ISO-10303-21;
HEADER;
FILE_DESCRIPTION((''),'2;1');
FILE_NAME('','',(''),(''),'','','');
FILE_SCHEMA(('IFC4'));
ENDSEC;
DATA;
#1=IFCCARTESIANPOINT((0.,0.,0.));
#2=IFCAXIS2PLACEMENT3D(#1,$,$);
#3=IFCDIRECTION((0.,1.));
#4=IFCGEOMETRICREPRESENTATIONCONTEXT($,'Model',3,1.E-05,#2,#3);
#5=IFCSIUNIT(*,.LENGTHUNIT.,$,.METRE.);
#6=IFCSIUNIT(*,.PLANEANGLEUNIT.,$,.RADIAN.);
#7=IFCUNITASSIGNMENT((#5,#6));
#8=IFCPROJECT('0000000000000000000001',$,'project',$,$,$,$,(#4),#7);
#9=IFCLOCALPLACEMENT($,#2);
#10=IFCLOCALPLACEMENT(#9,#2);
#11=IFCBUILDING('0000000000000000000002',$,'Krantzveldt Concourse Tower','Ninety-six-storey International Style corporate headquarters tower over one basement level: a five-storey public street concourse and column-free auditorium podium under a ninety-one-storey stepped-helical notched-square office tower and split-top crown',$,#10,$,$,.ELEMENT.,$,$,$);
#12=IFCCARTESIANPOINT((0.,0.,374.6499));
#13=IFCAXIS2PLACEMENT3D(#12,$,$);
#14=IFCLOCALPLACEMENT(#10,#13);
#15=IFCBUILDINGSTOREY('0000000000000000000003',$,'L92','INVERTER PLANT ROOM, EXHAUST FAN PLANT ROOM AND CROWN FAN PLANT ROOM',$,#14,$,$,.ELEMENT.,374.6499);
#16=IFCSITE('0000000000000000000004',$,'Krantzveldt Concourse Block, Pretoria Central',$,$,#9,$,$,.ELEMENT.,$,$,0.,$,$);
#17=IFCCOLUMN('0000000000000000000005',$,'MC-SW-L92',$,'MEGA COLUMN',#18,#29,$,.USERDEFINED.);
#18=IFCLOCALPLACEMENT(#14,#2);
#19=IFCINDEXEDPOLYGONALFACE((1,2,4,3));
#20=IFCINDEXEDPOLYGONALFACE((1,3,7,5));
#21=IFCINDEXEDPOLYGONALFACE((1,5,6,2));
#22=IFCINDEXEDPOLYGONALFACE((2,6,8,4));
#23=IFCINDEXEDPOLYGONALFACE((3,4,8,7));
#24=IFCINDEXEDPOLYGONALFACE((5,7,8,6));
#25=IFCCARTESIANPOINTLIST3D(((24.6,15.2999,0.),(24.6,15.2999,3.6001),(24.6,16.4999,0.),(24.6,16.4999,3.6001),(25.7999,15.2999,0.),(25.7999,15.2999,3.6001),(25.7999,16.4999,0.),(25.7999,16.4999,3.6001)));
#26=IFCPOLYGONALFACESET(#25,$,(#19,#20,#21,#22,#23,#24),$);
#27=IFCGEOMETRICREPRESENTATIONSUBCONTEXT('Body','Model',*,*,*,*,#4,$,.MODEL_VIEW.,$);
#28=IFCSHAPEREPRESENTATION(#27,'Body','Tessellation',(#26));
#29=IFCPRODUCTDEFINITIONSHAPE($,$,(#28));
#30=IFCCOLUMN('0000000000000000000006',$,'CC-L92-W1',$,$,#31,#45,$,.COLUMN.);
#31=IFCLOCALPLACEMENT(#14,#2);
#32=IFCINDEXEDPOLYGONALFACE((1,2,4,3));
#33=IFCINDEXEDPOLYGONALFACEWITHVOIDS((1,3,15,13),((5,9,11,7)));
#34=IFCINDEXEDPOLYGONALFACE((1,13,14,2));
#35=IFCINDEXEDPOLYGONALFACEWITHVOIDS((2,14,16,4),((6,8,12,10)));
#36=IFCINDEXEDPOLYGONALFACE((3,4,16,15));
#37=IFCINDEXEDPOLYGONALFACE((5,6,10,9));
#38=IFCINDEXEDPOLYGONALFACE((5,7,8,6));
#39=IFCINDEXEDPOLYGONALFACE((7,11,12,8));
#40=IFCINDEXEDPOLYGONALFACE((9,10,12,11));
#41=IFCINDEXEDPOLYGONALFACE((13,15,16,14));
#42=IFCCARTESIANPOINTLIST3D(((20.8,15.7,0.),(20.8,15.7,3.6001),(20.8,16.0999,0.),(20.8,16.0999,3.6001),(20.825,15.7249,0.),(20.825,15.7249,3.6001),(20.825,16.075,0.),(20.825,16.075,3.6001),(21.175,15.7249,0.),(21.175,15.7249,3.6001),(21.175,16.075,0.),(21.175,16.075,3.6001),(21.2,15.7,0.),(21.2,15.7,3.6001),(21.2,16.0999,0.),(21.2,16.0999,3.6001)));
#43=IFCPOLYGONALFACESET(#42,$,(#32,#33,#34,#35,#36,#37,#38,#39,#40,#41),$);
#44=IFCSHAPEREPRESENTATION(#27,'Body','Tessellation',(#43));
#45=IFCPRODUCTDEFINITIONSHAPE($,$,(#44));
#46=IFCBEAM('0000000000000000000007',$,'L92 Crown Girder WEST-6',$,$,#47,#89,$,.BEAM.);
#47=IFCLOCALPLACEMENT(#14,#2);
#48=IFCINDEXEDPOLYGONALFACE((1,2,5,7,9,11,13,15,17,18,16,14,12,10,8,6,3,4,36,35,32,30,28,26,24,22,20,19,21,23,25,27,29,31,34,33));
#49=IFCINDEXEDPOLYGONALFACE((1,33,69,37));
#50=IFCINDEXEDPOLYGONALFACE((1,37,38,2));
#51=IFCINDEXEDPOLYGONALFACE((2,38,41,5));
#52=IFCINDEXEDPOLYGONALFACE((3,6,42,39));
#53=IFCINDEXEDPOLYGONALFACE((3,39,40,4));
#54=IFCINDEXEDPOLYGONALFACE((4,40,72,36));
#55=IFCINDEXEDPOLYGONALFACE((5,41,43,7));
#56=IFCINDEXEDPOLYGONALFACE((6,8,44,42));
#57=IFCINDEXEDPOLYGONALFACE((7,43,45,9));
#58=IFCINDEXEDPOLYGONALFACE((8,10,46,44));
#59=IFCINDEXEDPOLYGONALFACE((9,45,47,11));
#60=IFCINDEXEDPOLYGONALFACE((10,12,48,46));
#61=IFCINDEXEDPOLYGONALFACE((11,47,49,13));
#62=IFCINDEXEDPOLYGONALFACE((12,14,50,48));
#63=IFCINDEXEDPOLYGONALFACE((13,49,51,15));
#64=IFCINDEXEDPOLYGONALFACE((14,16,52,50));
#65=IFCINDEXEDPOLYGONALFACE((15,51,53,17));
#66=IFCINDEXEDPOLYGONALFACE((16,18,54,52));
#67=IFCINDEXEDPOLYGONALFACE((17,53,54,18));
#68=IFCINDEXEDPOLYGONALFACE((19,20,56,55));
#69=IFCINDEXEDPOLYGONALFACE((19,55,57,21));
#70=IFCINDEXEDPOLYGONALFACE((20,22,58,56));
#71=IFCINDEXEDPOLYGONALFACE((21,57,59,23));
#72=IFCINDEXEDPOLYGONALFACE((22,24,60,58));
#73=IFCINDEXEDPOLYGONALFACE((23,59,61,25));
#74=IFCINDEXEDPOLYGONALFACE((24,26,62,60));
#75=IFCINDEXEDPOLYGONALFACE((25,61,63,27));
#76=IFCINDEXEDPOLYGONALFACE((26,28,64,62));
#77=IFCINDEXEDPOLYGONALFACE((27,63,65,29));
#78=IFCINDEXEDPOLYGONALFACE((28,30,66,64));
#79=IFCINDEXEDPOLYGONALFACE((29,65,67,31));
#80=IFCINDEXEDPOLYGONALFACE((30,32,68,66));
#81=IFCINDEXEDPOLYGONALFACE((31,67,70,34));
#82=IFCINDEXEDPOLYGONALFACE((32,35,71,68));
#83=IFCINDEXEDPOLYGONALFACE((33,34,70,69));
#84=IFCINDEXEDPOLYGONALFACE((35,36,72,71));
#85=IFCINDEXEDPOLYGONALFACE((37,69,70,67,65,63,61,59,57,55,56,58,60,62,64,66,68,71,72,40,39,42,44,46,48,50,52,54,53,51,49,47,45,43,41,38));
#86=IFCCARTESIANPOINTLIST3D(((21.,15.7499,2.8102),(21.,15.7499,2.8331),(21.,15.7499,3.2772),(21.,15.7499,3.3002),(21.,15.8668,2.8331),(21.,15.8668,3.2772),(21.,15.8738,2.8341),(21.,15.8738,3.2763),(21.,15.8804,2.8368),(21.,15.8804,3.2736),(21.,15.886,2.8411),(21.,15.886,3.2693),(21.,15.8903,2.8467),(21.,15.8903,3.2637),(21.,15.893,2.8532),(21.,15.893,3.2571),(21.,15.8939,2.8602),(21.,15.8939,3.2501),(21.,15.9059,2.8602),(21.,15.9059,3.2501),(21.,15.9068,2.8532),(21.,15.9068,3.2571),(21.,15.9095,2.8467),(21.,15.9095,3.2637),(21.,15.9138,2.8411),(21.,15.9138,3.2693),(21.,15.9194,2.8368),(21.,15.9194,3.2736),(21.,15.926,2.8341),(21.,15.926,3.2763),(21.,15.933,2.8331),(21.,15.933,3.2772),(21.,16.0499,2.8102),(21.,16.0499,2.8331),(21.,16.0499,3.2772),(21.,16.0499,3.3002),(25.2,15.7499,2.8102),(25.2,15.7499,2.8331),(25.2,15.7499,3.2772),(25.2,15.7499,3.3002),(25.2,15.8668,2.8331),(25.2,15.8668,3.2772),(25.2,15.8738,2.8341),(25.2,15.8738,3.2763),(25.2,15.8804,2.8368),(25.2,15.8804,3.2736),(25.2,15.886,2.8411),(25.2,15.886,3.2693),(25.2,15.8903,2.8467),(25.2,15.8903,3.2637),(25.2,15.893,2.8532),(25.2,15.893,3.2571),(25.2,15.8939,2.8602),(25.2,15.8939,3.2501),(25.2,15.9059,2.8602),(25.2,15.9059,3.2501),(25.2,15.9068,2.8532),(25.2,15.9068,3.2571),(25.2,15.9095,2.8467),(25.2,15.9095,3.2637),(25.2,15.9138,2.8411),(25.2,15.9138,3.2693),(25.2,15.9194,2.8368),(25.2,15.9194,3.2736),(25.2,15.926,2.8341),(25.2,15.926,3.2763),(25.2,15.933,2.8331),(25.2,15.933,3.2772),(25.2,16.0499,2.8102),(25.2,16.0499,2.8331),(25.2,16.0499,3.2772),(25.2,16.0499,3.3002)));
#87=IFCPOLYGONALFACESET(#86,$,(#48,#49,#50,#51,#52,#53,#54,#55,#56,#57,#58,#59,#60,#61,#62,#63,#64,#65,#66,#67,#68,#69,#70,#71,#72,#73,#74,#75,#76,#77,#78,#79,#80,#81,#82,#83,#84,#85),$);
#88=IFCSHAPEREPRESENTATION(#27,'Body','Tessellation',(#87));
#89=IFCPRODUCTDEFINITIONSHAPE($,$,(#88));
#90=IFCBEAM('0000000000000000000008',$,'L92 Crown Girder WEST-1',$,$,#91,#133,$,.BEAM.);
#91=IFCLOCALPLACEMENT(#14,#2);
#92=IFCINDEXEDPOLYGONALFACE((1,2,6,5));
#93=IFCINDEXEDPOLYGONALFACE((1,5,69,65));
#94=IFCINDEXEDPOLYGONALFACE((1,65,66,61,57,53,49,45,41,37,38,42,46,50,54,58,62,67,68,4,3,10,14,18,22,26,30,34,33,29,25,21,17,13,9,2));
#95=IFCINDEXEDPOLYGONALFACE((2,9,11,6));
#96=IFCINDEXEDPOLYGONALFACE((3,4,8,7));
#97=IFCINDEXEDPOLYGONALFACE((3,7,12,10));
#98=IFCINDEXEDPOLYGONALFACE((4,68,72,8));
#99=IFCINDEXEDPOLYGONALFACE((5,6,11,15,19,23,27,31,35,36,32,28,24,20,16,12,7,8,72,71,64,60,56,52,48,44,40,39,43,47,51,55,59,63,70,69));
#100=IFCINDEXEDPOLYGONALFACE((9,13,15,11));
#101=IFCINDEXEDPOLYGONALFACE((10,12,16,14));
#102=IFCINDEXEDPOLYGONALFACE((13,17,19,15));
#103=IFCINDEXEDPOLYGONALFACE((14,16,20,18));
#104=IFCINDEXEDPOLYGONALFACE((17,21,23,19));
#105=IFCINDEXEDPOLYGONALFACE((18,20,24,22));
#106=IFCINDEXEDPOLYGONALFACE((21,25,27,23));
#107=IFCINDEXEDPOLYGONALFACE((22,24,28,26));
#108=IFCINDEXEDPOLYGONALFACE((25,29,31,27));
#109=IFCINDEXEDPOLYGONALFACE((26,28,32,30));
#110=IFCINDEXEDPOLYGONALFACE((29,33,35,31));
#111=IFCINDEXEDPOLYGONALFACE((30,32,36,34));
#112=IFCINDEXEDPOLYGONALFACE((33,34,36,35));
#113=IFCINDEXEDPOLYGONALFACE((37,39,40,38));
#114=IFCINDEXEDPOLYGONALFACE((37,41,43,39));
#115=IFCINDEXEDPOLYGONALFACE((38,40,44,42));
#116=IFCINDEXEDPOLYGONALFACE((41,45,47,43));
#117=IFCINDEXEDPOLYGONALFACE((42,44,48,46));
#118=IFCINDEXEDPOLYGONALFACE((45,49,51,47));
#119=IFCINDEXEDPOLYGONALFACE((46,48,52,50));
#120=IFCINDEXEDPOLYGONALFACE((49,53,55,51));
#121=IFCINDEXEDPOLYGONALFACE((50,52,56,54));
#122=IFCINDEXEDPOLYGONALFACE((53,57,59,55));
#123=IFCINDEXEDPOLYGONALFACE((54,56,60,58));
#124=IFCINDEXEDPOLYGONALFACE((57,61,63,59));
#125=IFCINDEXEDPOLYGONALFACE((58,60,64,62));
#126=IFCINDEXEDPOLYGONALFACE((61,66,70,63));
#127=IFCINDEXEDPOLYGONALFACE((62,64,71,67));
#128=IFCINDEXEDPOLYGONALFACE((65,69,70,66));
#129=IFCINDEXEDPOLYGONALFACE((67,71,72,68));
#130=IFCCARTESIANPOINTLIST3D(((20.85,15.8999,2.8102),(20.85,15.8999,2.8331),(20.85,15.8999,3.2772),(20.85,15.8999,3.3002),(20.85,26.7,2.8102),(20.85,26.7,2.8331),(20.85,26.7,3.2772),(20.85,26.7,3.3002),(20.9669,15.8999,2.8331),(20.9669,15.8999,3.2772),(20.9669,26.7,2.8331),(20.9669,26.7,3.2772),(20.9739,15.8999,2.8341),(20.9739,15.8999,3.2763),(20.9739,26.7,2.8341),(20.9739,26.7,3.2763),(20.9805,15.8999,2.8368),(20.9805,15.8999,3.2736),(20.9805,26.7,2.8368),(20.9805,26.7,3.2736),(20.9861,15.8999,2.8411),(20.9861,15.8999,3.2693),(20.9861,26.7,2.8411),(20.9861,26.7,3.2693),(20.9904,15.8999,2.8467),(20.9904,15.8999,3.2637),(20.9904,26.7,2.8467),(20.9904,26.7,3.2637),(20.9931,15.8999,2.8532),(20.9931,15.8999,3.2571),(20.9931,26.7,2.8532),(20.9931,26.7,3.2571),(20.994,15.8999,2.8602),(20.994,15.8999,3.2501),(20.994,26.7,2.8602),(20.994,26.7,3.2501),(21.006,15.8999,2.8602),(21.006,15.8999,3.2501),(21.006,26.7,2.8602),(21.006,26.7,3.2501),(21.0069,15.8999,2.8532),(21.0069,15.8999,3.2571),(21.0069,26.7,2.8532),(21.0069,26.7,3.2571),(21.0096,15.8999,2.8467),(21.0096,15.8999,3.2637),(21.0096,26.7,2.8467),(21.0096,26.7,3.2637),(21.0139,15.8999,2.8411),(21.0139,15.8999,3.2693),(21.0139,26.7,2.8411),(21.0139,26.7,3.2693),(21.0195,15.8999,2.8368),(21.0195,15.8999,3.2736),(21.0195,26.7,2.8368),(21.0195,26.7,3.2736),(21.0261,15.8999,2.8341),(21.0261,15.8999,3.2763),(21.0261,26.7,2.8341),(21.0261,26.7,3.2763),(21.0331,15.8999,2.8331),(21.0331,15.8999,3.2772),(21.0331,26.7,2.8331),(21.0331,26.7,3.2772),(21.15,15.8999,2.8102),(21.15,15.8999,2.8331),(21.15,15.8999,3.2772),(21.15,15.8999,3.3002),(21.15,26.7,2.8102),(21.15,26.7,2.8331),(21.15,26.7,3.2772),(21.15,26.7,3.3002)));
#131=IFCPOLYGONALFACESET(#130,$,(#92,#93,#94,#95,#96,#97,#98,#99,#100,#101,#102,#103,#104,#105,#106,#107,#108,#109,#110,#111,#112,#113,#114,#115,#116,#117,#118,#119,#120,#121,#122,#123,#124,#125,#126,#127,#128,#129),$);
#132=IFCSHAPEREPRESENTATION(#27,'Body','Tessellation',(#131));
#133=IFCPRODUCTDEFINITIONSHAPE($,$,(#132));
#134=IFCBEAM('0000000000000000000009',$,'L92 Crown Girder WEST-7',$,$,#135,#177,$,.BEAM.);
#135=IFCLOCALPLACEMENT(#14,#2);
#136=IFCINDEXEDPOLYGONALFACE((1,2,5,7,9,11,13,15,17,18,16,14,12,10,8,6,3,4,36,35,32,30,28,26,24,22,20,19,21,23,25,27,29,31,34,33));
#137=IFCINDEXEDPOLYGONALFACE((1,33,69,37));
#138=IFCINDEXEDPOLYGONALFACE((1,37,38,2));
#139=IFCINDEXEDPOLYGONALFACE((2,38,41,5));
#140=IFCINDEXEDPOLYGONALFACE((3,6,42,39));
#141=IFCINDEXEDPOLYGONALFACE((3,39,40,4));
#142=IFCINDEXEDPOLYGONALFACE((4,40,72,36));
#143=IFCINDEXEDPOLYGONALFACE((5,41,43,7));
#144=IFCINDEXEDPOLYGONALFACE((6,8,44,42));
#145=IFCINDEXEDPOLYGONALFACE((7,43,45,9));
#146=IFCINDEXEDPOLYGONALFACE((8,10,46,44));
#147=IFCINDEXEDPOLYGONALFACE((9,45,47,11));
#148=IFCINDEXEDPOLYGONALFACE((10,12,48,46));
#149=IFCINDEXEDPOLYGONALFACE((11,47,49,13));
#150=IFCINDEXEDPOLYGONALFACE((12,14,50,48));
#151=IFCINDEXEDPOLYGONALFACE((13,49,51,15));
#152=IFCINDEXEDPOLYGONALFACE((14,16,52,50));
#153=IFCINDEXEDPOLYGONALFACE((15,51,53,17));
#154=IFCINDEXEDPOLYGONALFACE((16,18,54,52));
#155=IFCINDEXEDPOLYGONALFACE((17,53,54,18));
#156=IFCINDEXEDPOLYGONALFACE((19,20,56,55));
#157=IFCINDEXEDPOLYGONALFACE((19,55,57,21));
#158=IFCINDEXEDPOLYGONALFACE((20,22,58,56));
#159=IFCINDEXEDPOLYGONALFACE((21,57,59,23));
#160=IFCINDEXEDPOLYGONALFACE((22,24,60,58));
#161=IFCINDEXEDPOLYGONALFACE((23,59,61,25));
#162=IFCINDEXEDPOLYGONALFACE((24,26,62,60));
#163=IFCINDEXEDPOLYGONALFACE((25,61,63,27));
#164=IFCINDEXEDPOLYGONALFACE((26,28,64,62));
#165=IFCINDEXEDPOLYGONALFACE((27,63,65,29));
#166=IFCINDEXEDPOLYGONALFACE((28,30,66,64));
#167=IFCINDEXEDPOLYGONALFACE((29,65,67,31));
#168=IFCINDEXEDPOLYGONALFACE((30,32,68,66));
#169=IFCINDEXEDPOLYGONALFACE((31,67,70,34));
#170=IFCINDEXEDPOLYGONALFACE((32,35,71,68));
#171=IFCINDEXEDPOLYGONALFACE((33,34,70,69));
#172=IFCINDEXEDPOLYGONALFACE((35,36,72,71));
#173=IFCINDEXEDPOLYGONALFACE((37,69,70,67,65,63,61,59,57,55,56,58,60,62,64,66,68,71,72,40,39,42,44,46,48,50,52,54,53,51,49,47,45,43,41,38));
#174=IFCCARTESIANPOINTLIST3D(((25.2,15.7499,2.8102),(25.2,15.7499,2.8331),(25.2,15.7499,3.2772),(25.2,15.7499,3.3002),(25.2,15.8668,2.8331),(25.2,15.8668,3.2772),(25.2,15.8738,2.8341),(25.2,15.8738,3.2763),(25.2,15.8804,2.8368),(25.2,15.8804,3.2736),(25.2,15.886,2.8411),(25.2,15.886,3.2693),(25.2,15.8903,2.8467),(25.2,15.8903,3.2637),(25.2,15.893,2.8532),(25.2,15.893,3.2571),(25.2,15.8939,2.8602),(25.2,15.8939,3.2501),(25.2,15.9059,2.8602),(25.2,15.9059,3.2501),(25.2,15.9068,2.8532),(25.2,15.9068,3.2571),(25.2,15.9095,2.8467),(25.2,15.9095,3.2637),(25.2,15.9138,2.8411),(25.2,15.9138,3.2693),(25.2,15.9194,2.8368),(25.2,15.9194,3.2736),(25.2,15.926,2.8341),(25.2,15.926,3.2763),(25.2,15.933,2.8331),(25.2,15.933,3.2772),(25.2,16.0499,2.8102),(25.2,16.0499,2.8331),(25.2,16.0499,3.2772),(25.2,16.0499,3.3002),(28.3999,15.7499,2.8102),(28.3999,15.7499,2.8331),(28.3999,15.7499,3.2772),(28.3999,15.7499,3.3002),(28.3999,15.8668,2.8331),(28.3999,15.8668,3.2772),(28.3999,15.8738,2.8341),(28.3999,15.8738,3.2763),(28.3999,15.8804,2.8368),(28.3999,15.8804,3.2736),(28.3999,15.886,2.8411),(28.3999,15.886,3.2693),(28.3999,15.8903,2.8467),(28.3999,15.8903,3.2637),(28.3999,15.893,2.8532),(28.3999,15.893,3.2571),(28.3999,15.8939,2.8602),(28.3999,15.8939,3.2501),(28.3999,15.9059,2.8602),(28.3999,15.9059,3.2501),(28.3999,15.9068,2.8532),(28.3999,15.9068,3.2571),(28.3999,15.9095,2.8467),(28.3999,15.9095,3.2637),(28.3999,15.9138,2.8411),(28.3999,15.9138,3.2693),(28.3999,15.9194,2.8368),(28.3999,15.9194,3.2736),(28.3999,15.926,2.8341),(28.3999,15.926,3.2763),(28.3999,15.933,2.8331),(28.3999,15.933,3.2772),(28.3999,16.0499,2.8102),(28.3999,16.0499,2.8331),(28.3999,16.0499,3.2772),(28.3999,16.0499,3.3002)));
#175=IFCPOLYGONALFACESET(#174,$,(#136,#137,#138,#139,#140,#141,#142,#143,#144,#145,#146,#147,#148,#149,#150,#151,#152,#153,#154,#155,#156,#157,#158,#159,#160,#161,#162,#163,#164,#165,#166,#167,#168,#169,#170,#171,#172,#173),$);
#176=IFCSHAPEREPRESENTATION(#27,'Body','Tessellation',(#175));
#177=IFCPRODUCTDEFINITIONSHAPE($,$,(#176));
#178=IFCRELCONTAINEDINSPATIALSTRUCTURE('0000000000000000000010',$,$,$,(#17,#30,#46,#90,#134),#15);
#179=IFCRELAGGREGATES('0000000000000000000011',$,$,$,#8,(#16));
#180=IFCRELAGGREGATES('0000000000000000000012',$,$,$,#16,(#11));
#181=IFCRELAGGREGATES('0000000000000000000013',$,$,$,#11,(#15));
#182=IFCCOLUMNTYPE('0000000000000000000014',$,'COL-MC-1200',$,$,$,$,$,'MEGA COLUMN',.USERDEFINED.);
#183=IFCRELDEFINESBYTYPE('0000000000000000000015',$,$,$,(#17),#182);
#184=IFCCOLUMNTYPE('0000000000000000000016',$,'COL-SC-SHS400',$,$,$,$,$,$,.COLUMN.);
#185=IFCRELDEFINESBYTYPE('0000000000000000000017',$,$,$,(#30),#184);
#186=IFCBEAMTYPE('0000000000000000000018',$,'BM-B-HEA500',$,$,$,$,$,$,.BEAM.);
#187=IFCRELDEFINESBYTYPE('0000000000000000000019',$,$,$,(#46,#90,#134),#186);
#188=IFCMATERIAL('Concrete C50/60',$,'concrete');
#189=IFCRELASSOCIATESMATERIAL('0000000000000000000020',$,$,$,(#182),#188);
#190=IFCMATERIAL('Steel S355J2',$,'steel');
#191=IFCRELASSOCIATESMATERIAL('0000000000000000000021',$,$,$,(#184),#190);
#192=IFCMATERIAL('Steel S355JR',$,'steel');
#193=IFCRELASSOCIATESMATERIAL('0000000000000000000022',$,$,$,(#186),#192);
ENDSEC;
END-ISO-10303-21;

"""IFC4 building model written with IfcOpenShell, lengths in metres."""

from ifc_helpers import new_model, si_unit, direction, frame, origin, origin_2d, place, context, subcontext, project, spatial, rectangle, hollow_rectangle, i_section, extrude, source, transform, mapped, material, material_profile, profile_set, type_object, type_shapes, element, save


model = new_model("IFC4")

# Units and contexts
model_context = context("Model", 3, precision=1e-05, world=origin(), true_north=direction((0.0, 1.0)))
body_context = subcontext(model_context, "Body", "Model", "MODEL_VIEW")
ifc_project = project(units=[si_unit("LENGTHUNIT", "METRE"), si_unit("PLANEANGLEUNIT", "RADIAN")], contexts=[model_context])

# Site, building, storey
site_placement = place(None, origin())
site = spatial("IfcSite", under=ifc_project, at=site_placement, Name="Krantzveldt Concourse Block, Pretoria Central", CompositionType="ELEMENT", RefElevation=0.0)
building_placement = place(site_placement, origin())
building = spatial("IfcBuilding", under=site, at=building_placement, Name="Krantzveldt Concourse Tower", Description="Ninety-six-storey International Style corporate headquarters tower over one basement level: a five-storey public street concourse and column-free auditorium podium under a ninety-one-storey stepped-helical notched-square office tower and split-top crown", CompositionType="ELEMENT")
storey_placement = place(building_placement, frame((0.0, 0.0, 374.6499)))
storey = spatial("IfcBuildingStorey", under=building, at=storey_placement, Name="L92", Description="INVERTER PLANT ROOM, EXHAUST FAN PLANT ROOM AND CROWN FAN PLANT ROOM", CompositionType="ELEMENT", Elevation=374.6499)

# Columns
ifc_material_1 = material(Name="Concrete C50/60", Category="concrete")
ifc_material_profile_1 = material_profile(ifc_material_1, rectangle(XDim=1.2, YDim=1.2, at=origin_2d()), Name="Concrete C50/60", Category="concrete")
ifc_profile_set_1 = profile_set([ifc_material_profile_1], Name="Concrete C50/60 - RC 1200x1200")
column_type_1 = type_object("IfcColumnType", Name="COL-MC-1200", ElementType="MEGA COLUMN", PredefinedType="USERDEFINED", material=ifc_profile_set_1)
shared_shape_1 = source(origin(), body_context, "Body", "SweptSolid", [
    extrude(rectangle(XDim=1.2, YDim=1.2, at=origin_2d()), origin(), (0.0, 0.0, 1.0), 3.6001),
])
type_shapes(column_type_1, [shared_shape_1])
column_1_placement = place(storey_placement, frame((25.2, 15.8999, 0.0), z_axis=(0.0, 0.0, 1.0), x_axis=(1.0, 0.0, 0.0)))
element("IfcColumn", 1, at=column_1_placement, inside=storey, type_object=column_type_1, Name="MC-SW-L92", ObjectType="MEGA COLUMN", PredefinedType="USERDEFINED", context=body_context, shape_type="MappedRepresentation", body=[
    mapped(shared_shape_1, transform((0.0, 0.0, 0.0), x_axis=(1.0, 0.0, 0.0), y_axis=(0.0, 1.0, 0.0), z_axis=(0.0, 0.0, 1.0), scale=1.0)),
])
ifc_material_2 = material(Name="Steel S355J2", Category="steel")
ifc_material_profile_2 = material_profile(ifc_material_2, hollow_rectangle(XDim=0.3999, YDim=0.3999, WallThickness=0.0249, at=origin_2d()), Name="Steel S355J2", Category="steel")
ifc_profile_set_2 = profile_set([ifc_material_profile_2], Name="Steel S355J2 - SHS 400x400x25")
column_type_2 = type_object("IfcColumnType", Name="COL-SC-SHS400", PredefinedType="COLUMN", material=ifc_profile_set_2)
shared_shape_2 = source(origin(), body_context, "Body", "SweptSolid", [
    extrude(hollow_rectangle(XDim=0.3999, YDim=0.3999, WallThickness=0.0249, at=origin_2d()), origin(), (0.0, 0.0, 1.0), 3.6001),
])
type_shapes(column_type_2, [shared_shape_2])
column_2_placement = place(storey_placement, frame((21.0, 15.8999, 0.0), z_axis=(0.0, 0.0, 1.0), x_axis=(1.0, 0.0, 0.0)))
element("IfcColumn", 2, at=column_2_placement, inside=storey, type_object=column_type_2, Name="CC-L92-W1", PredefinedType="COLUMN", context=body_context, shape_type="MappedRepresentation", body=[
    mapped(shared_shape_2, transform((0.0, 0.0, 0.0), x_axis=(1.0, 0.0, 0.0), y_axis=(0.0, 1.0, 0.0), z_axis=(0.0, 0.0, 1.0), scale=1.0)),
])

# Beams
ifc_material_3 = material(Name="Steel S355JR", Category="steel")
ifc_material_profile_3 = material_profile(ifc_material_3, i_section(OverallWidth=0.3, OverallDepth=0.49, WebThickness=0.012, FlangeThickness=0.0229, FilletRadius=0.0271, at=origin_2d()), Name="Steel S355JR", Category="steel")
ifc_profile_set_3 = profile_set([ifc_material_profile_3], Name="Steel S355JR - HEA 500")
beam_type = type_object("IfcBeamType", Name="BM-B-HEA500", PredefinedType="BEAM", material=ifc_profile_set_3)
shared_shape_3 = source(origin(), body_context, "Body", "SweptSolid", [
    extrude(i_section(OverallWidth=0.3, OverallDepth=0.49, WebThickness=0.012, FlangeThickness=0.0229, FilletRadius=0.0271, at=origin_2d()), origin(), (0.0, 0.0, 1.0), 4.2),
])
beam_1_placement = place(storey_placement, frame((21.0, 15.8999, 3.0552), z_axis=(1.0, 0.0, 0.0), x_axis=(0.0, 1.0, 0.0)))
element("IfcBeam", 3, at=beam_1_placement, inside=storey, type_object=beam_type, Name="L92 Crown Girder WEST-6", PredefinedType="BEAM", context=body_context, shape_type="MappedRepresentation", body=[
    mapped(shared_shape_3, transform((0.0, 0.0, 0.0), x_axis=(1.0, 0.0, 0.0), y_axis=(0.0, 1.0, 0.0), z_axis=(0.0, 0.0, 1.0), scale=1.0)),
])
shared_shape_4 = source(origin(), body_context, "Body", "SweptSolid", [
    extrude(i_section(OverallWidth=0.3, OverallDepth=0.49, WebThickness=0.012, FlangeThickness=0.0229, FilletRadius=0.0271, at=origin_2d()), origin(), (0.0, 0.0, 1.0), 10.8),
])
beam_2_placement = place(storey_placement, frame((21.0, 15.8999, 3.0552), z_axis=(0.0, 1.0, 0.0), x_axis=(-1.0, 0.0, 0.0)))
element("IfcBeam", 4, at=beam_2_placement, inside=storey, type_object=beam_type, Name="L92 Crown Girder WEST-1", PredefinedType="BEAM", context=body_context, shape_type="MappedRepresentation", body=[
    mapped(shared_shape_4, transform((0.0, 0.0, 0.0), x_axis=(1.0, 0.0, 0.0), y_axis=(0.0, 1.0, 0.0), z_axis=(0.0, 0.0, 1.0), scale=1.0)),
])
shared_shape_5 = source(origin(), body_context, "Body", "SweptSolid", [
    extrude(i_section(OverallWidth=0.3, OverallDepth=0.49, WebThickness=0.012, FlangeThickness=0.0229, FilletRadius=0.0271, at=origin_2d()), origin(), (0.0, 0.0, 1.0), 3.2),
])
type_shapes(beam_type, [shared_shape_3, shared_shape_4, shared_shape_5])
beam_3_placement = place(storey_placement, frame((25.2, 15.8999, 3.0552), z_axis=(1.0, 0.0, 0.0), x_axis=(0.0, 1.0, 0.0)))
element("IfcBeam", 5, at=beam_3_placement, inside=storey, type_object=beam_type, Name="L92 Crown Girder WEST-7", PredefinedType="BEAM", context=body_context, shape_type="MappedRepresentation", body=[
    mapped(shared_shape_5, transform((0.0, 0.0, 0.0), x_axis=(1.0, 0.0, 0.0), y_axis=(0.0, 1.0, 0.0), z_axis=(0.0, 0.0, 1.0), scale=1.0)),
])

save(model, "model.ifc")
